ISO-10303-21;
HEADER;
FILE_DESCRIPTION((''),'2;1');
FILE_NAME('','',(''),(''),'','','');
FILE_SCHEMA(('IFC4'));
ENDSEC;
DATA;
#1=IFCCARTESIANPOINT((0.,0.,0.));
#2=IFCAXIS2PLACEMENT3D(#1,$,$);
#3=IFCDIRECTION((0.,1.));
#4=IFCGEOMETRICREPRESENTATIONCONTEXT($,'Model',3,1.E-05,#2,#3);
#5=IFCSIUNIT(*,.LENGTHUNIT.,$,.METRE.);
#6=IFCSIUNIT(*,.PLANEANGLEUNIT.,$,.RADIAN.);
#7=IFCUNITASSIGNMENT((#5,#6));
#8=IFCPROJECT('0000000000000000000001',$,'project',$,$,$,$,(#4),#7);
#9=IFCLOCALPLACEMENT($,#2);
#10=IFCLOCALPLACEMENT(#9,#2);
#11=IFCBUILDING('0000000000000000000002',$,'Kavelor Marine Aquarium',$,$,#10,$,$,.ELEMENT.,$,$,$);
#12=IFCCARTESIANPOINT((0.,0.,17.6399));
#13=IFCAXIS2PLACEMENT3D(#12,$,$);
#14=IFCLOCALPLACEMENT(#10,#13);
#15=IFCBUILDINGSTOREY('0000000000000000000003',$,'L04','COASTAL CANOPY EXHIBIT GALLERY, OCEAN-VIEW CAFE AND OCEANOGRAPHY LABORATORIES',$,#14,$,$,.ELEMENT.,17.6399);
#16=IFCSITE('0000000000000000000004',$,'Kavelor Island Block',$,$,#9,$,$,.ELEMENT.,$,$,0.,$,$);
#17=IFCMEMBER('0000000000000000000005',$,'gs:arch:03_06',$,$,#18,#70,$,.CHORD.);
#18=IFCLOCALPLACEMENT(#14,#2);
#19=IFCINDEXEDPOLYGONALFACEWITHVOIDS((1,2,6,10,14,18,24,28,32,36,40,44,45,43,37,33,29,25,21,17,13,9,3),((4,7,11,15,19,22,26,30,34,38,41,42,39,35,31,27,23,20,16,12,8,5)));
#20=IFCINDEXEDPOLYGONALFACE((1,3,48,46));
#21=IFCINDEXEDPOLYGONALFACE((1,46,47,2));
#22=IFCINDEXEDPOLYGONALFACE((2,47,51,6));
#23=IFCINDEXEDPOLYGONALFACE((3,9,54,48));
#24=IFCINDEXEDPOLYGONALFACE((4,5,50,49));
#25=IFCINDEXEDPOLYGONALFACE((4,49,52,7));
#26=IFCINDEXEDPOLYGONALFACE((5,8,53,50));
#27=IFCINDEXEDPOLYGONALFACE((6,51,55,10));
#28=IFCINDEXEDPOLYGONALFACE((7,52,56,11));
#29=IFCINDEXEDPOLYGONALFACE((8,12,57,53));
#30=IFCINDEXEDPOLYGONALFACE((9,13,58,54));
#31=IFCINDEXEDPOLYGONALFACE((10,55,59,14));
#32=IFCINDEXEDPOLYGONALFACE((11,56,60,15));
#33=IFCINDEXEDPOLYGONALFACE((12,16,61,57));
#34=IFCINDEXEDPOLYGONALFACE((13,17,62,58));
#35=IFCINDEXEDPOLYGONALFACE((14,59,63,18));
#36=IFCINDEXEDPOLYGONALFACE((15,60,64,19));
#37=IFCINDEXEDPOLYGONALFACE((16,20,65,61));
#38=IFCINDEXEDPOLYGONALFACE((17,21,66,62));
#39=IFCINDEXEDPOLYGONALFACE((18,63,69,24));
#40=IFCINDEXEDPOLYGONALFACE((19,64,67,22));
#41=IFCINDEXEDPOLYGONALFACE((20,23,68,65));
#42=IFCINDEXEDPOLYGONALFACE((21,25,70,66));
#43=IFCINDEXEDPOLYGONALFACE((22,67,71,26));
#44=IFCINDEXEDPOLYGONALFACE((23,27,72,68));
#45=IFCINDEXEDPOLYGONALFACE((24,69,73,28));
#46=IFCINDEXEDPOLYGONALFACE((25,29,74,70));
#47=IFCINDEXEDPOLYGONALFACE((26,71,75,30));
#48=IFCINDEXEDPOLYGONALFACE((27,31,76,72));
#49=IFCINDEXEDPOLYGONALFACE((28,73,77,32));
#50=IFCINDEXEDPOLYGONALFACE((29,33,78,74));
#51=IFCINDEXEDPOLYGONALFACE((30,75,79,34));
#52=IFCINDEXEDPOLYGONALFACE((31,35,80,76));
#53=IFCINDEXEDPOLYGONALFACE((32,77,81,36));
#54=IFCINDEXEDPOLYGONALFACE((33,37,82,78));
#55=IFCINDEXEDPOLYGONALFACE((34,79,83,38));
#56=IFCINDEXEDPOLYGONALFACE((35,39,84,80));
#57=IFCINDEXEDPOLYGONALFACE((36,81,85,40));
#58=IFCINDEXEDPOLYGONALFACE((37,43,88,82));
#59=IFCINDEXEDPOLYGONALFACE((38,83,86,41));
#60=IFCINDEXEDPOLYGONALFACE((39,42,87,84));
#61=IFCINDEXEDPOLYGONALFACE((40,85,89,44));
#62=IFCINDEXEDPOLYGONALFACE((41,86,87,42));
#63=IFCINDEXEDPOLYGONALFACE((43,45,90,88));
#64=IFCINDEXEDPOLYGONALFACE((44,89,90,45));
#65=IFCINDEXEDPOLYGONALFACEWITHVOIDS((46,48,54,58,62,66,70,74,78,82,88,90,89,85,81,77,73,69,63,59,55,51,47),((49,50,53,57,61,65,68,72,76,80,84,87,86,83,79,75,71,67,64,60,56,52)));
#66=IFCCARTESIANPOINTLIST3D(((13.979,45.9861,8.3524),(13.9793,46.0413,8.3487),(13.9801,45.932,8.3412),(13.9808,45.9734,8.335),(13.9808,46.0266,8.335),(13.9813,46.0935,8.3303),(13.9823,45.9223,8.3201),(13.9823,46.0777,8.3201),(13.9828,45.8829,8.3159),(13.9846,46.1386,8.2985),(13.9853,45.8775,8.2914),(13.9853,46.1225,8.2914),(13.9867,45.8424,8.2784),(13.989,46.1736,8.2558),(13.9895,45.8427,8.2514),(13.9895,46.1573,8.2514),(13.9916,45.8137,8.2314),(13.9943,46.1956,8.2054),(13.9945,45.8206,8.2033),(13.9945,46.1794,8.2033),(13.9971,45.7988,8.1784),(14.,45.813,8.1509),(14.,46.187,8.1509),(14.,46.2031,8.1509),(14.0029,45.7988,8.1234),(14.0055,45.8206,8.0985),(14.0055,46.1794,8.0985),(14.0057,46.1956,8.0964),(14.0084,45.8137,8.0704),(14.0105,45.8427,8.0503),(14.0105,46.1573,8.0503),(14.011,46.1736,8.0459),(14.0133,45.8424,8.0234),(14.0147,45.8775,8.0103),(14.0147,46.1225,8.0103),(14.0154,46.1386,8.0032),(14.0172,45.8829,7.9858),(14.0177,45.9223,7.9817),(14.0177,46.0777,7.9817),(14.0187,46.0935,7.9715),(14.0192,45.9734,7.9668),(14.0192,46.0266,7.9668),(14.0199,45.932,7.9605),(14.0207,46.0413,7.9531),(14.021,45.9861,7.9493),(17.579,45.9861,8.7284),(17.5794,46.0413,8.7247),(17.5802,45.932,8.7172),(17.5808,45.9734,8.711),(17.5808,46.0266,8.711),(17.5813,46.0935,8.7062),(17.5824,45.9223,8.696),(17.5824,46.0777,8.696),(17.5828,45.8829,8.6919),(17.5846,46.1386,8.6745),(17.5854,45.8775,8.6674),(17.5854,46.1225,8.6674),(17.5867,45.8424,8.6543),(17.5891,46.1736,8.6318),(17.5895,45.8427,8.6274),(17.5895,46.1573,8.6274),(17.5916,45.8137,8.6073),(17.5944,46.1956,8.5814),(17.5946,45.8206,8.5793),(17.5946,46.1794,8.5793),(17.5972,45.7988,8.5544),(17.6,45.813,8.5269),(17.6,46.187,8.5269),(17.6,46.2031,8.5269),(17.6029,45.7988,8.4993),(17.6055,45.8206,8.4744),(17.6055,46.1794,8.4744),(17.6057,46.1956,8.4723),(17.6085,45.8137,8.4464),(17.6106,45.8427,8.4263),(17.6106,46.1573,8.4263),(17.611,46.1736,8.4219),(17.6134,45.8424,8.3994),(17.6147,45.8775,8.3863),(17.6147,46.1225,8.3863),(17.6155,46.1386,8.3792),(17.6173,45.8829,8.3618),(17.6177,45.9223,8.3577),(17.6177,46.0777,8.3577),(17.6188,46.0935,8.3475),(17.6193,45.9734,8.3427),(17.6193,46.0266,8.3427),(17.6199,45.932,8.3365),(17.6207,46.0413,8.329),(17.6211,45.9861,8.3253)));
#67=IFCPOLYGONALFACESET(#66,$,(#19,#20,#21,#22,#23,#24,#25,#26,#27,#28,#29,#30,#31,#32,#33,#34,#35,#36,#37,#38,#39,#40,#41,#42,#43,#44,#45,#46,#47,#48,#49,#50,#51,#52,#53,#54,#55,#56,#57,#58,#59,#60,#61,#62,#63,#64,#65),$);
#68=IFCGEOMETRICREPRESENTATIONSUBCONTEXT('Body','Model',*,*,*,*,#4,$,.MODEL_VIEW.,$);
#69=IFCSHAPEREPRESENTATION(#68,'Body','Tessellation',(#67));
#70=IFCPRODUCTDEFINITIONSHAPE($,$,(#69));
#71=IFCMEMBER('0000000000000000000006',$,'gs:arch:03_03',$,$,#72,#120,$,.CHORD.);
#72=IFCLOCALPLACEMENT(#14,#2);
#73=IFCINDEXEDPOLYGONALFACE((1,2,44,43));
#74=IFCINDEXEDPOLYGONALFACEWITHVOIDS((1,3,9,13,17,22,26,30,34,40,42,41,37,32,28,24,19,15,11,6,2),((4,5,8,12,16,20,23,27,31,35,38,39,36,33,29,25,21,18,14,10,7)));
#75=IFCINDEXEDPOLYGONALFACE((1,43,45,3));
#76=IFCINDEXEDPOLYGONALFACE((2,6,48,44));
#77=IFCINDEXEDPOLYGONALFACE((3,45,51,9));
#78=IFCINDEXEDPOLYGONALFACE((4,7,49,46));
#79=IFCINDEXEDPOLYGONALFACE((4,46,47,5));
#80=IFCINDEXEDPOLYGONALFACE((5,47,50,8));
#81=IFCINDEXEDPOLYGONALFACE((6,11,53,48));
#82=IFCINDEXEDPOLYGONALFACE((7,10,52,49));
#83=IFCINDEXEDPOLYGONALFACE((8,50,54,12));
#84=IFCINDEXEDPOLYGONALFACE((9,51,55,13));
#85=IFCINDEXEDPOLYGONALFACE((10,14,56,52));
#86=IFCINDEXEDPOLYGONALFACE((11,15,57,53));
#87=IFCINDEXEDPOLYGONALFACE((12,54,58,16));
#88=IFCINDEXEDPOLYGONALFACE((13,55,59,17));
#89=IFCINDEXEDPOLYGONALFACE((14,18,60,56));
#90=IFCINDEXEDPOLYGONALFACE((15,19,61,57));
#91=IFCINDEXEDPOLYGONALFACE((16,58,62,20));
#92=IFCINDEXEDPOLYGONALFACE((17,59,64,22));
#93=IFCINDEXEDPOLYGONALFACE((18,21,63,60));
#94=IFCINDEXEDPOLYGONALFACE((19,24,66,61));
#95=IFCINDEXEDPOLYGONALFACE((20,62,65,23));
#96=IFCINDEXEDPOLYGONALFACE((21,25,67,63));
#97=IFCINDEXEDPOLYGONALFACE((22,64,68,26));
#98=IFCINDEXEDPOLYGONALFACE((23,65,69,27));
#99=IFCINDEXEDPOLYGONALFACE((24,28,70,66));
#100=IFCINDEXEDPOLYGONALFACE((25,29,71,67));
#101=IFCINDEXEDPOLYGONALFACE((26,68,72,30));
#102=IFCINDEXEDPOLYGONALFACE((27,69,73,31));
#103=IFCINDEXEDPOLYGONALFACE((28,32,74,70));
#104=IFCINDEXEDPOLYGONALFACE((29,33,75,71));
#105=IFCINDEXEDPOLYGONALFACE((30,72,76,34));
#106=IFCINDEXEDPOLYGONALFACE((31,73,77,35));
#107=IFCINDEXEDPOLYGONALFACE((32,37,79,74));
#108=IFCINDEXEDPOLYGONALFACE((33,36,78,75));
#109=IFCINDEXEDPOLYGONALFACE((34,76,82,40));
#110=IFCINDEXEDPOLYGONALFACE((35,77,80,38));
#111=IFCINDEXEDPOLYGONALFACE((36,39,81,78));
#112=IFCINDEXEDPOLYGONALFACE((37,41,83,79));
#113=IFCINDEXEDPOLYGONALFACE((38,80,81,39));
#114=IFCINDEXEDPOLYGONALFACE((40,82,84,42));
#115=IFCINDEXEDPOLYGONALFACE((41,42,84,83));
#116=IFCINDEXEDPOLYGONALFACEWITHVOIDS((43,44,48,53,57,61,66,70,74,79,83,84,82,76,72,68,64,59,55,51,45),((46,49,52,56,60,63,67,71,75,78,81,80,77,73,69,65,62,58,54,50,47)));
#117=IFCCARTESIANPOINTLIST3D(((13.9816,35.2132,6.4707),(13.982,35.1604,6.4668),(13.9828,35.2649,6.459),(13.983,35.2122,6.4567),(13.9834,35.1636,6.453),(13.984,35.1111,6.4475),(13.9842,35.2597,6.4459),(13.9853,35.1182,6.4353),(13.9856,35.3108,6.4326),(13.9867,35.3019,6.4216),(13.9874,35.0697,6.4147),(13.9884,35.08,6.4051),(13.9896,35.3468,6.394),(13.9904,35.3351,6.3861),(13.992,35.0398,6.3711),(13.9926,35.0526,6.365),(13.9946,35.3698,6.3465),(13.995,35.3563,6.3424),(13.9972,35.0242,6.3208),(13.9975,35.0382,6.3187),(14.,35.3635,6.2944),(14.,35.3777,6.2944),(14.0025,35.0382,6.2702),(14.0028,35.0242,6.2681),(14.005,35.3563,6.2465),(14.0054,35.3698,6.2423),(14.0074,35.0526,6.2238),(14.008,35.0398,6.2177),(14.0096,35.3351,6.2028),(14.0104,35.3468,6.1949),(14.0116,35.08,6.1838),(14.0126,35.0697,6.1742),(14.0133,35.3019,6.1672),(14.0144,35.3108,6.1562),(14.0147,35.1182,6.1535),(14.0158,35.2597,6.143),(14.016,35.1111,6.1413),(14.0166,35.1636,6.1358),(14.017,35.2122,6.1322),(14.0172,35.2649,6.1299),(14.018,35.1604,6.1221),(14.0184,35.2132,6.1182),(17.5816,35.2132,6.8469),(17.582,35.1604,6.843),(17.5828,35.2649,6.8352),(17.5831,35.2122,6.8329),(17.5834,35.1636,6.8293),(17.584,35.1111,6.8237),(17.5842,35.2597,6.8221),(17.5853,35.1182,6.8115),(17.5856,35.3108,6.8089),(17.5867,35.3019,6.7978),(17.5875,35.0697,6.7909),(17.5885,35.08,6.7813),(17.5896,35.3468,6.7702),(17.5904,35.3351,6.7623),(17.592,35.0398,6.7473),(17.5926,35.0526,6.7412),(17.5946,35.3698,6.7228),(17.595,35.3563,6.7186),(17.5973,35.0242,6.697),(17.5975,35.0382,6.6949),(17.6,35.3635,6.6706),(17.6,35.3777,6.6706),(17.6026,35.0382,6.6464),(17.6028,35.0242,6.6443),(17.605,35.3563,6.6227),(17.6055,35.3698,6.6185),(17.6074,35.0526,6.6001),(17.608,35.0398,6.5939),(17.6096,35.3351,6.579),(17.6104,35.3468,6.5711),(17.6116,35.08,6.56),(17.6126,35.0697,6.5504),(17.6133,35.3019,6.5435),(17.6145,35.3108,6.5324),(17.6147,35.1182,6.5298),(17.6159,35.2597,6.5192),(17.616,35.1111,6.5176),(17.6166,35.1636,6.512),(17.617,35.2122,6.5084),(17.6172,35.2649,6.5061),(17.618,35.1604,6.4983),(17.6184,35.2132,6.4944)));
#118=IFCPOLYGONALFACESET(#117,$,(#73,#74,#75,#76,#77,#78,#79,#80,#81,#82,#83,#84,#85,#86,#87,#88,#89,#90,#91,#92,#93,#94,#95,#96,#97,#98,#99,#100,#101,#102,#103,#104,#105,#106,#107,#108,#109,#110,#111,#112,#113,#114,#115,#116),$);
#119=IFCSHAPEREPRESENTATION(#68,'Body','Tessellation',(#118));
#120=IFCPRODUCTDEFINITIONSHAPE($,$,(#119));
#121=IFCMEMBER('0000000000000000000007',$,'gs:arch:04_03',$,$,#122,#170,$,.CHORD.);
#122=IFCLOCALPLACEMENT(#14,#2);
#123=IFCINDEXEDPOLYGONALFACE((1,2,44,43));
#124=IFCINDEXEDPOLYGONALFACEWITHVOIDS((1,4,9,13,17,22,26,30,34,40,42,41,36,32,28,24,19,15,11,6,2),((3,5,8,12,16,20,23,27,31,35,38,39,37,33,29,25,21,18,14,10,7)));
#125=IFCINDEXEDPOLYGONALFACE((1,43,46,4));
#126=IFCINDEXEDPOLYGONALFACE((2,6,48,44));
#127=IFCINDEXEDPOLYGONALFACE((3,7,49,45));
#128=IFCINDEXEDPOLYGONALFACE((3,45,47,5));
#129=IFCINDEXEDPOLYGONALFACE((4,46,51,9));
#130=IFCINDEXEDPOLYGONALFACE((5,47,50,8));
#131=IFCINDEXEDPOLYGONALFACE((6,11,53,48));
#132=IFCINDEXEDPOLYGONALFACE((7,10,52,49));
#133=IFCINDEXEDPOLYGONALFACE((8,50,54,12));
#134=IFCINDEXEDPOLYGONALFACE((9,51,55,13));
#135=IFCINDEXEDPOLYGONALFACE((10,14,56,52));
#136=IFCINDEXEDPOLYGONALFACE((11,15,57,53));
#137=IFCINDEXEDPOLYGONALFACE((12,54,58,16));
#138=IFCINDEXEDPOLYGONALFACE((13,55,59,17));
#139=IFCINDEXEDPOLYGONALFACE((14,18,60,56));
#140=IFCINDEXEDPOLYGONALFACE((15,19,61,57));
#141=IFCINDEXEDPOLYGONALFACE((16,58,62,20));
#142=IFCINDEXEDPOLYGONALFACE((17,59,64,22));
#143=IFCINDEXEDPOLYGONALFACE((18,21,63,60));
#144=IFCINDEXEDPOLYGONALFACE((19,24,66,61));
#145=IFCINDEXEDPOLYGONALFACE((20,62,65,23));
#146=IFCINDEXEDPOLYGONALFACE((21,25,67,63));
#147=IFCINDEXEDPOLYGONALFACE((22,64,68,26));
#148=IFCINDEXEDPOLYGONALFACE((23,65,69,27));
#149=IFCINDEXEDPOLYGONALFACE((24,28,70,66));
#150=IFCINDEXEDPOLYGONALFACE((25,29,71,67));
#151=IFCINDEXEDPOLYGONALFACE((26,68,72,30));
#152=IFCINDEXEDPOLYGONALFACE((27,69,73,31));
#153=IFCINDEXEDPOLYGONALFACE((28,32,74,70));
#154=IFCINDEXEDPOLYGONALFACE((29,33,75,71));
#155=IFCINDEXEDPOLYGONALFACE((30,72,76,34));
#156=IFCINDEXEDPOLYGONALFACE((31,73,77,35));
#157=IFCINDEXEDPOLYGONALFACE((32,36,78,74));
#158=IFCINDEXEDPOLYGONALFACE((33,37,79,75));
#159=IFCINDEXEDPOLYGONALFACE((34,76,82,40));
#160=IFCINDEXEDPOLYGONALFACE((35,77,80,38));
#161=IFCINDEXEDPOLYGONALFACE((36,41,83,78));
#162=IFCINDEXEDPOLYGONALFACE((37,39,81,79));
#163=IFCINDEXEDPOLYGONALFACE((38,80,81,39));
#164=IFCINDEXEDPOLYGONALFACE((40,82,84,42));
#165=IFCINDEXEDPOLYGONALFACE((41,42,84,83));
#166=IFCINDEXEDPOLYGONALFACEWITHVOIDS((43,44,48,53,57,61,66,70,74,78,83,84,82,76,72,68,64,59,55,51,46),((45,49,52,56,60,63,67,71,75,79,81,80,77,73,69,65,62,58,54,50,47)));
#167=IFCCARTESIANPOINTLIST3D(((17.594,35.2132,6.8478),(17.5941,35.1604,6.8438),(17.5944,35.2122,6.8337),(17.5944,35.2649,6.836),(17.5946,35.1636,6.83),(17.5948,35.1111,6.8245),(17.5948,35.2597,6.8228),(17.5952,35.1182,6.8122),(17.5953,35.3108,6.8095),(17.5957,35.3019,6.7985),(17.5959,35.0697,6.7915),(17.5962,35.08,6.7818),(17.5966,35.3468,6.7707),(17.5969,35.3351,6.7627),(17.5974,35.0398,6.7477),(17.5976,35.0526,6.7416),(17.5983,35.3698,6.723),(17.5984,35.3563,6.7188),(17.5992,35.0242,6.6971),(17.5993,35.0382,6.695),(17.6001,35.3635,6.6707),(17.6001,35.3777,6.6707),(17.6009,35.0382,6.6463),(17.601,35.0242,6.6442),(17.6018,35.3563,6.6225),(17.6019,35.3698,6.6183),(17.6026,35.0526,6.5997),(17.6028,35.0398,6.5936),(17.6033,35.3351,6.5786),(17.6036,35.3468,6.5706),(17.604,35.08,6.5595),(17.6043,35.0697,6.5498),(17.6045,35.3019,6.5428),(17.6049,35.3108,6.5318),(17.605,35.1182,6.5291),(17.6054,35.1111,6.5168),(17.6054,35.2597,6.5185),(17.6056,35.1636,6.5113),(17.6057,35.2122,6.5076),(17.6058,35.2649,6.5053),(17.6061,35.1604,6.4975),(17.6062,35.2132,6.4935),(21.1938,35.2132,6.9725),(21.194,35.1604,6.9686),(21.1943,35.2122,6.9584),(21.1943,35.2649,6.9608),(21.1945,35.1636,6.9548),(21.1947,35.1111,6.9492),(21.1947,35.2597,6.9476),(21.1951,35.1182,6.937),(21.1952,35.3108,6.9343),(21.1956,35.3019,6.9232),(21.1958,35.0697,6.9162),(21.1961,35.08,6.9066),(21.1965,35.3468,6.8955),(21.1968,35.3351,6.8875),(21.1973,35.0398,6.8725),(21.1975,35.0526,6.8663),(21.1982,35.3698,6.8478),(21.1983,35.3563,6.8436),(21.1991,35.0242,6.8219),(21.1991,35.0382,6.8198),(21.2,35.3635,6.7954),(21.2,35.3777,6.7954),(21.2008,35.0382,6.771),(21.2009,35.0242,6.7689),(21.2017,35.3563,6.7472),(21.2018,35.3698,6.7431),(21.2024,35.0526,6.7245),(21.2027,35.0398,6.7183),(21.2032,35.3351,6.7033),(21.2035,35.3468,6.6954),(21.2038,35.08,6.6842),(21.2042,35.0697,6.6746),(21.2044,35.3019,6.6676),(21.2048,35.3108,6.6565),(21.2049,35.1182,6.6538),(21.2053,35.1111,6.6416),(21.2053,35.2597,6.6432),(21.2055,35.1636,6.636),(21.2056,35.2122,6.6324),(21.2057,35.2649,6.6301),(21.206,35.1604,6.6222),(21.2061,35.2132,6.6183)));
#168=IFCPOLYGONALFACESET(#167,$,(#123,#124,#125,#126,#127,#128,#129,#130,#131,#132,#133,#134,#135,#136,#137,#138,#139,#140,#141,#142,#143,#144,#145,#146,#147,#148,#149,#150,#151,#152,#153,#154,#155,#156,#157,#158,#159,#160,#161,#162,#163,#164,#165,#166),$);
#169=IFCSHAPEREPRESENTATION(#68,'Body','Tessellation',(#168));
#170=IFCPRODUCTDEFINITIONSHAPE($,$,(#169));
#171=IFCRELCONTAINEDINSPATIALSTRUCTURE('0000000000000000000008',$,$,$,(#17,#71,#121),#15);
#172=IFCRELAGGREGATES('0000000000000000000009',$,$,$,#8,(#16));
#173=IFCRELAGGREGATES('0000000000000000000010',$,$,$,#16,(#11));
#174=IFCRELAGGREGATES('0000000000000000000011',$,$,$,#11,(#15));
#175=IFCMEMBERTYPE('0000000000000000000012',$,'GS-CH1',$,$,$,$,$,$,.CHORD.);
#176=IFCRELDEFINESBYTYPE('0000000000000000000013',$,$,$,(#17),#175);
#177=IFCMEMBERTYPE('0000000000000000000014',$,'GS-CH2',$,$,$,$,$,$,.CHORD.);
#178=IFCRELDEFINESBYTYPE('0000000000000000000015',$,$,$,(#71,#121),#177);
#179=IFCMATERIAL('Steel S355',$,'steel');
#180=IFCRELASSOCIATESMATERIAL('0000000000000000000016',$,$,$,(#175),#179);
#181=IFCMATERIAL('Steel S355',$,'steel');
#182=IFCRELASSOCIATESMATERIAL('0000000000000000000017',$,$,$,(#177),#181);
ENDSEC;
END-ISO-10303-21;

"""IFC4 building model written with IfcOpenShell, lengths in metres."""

from ifc_helpers import new_model, si_unit, direction, frame, origin, origin_2d, place, context, subcontext, project, spatial, hollow_circle, extrude, material, material_profile, profile_set, type_object, element, save


model = new_model("IFC4")

# Units and contexts
model_context = context("Model", 3, precision=1e-05, world=origin(), true_north=direction((0.0, 1.0)))
body_context = subcontext(model_context, "Body", "Model", "MODEL_VIEW")
ifc_project = project(units=[si_unit("LENGTHUNIT", "METRE"), si_unit("PLANEANGLEUNIT", "RADIAN")], contexts=[model_context])

# Site, building, storey
site_placement = place(None, origin())
site = spatial("IfcSite", under=ifc_project, at=site_placement, Name="Kavelor Island Block", CompositionType="ELEMENT", RefElevation=0.0)
building_placement = place(site_placement, origin())
building = spatial("IfcBuilding", under=site, at=building_placement, Name="Kavelor Marine Aquarium", CompositionType="ELEMENT")
storey_placement = place(building_placement, frame((0.0, 0.0, 17.6399)))
storey = spatial("IfcBuildingStorey", under=building, at=storey_placement, Name="L04", Description="COASTAL CANOPY EXHIBIT GALLERY, OCEAN-VIEW CAFE AND OCEANOGRAPHY LABORATORIES", CompositionType="ELEMENT", Elevation=17.6399)

# Members
ifc_material_1 = material(Name="Steel S355", Category="steel")
ifc_material_profile_1 = material_profile(ifc_material_1, hollow_circle(Radius=0.2031, WallThickness=0.0161, at=origin_2d()), Name="CHS 406.4x16.0")
ifc_profile_set_1 = profile_set([ifc_material_profile_1], Name="Steel S355")
member_type_1 = type_object("IfcMemberType", Name="GS-CH1", PredefinedType="CHORD", material=ifc_profile_set_1)
member_1_placement = place(storey_placement, frame((14.0, 46.0, 8.1509), z_axis=(0.994591, 0.0, 0.10387), x_axis=(0.0, 1.0, 0.0)))
element("IfcMember", 1, at=member_1_placement, inside=storey, type_object=member_type_1, Name="gs:arch:03_06", PredefinedType="CHORD", context=body_context, shape_type="SweptSolid", body=[
    extrude(hollow_circle(Radius=0.2031, WallThickness=0.0161, at=origin_2d()), origin(), (0.0, 0.0, 1.0), 3.6196),
])
ifc_material_2 = material(Name="Steel S355", Category="steel")
ifc_material_profile_2 = material_profile(ifc_material_2, hollow_circle(Radius=0.1777, WallThickness=0.0142, at=origin_2d()), Name="CHS 355.6x14.2")
ifc_profile_set_2 = profile_set([ifc_material_profile_2], Name="Steel S355")
member_type_2 = type_object("IfcMemberType", Name="GS-CH2", PredefinedType="CHORD", material=ifc_profile_set_2)
member_2_placement = place(storey_placement, frame((14.0, 35.2, 6.2944), z_axis=(0.994584, 0.0, 0.103937), x_axis=(0.0, 1.0, 0.0)))
element("IfcMember", 2, at=member_2_placement, inside=storey, type_object=member_type_2, Name="gs:arch:03_03", PredefinedType="CHORD", context=body_context, shape_type="SweptSolid", body=[
    extrude(hollow_circle(Radius=0.1777, WallThickness=0.0142, at=origin_2d()), origin(), (0.0, 0.0, 1.0), 3.6196),
])
member_3_placement = place(storey_placement, frame((17.6001, 35.2, 6.6707), z_axis=(0.9994, 0.0, 0.034635), x_axis=(0.0, 1.0, 0.0)))
element("IfcMember", 3, at=member_3_placement, inside=storey, type_object=member_type_2, Name="gs:arch:04_03", PredefinedType="CHORD", context=body_context, shape_type="SweptSolid", body=[
    extrude(hollow_circle(Radius=0.1777, WallThickness=0.0142, at=origin_2d()), origin(), (0.0, 0.0, 1.0), 3.6021),
])

save(model, "model.ifc")
